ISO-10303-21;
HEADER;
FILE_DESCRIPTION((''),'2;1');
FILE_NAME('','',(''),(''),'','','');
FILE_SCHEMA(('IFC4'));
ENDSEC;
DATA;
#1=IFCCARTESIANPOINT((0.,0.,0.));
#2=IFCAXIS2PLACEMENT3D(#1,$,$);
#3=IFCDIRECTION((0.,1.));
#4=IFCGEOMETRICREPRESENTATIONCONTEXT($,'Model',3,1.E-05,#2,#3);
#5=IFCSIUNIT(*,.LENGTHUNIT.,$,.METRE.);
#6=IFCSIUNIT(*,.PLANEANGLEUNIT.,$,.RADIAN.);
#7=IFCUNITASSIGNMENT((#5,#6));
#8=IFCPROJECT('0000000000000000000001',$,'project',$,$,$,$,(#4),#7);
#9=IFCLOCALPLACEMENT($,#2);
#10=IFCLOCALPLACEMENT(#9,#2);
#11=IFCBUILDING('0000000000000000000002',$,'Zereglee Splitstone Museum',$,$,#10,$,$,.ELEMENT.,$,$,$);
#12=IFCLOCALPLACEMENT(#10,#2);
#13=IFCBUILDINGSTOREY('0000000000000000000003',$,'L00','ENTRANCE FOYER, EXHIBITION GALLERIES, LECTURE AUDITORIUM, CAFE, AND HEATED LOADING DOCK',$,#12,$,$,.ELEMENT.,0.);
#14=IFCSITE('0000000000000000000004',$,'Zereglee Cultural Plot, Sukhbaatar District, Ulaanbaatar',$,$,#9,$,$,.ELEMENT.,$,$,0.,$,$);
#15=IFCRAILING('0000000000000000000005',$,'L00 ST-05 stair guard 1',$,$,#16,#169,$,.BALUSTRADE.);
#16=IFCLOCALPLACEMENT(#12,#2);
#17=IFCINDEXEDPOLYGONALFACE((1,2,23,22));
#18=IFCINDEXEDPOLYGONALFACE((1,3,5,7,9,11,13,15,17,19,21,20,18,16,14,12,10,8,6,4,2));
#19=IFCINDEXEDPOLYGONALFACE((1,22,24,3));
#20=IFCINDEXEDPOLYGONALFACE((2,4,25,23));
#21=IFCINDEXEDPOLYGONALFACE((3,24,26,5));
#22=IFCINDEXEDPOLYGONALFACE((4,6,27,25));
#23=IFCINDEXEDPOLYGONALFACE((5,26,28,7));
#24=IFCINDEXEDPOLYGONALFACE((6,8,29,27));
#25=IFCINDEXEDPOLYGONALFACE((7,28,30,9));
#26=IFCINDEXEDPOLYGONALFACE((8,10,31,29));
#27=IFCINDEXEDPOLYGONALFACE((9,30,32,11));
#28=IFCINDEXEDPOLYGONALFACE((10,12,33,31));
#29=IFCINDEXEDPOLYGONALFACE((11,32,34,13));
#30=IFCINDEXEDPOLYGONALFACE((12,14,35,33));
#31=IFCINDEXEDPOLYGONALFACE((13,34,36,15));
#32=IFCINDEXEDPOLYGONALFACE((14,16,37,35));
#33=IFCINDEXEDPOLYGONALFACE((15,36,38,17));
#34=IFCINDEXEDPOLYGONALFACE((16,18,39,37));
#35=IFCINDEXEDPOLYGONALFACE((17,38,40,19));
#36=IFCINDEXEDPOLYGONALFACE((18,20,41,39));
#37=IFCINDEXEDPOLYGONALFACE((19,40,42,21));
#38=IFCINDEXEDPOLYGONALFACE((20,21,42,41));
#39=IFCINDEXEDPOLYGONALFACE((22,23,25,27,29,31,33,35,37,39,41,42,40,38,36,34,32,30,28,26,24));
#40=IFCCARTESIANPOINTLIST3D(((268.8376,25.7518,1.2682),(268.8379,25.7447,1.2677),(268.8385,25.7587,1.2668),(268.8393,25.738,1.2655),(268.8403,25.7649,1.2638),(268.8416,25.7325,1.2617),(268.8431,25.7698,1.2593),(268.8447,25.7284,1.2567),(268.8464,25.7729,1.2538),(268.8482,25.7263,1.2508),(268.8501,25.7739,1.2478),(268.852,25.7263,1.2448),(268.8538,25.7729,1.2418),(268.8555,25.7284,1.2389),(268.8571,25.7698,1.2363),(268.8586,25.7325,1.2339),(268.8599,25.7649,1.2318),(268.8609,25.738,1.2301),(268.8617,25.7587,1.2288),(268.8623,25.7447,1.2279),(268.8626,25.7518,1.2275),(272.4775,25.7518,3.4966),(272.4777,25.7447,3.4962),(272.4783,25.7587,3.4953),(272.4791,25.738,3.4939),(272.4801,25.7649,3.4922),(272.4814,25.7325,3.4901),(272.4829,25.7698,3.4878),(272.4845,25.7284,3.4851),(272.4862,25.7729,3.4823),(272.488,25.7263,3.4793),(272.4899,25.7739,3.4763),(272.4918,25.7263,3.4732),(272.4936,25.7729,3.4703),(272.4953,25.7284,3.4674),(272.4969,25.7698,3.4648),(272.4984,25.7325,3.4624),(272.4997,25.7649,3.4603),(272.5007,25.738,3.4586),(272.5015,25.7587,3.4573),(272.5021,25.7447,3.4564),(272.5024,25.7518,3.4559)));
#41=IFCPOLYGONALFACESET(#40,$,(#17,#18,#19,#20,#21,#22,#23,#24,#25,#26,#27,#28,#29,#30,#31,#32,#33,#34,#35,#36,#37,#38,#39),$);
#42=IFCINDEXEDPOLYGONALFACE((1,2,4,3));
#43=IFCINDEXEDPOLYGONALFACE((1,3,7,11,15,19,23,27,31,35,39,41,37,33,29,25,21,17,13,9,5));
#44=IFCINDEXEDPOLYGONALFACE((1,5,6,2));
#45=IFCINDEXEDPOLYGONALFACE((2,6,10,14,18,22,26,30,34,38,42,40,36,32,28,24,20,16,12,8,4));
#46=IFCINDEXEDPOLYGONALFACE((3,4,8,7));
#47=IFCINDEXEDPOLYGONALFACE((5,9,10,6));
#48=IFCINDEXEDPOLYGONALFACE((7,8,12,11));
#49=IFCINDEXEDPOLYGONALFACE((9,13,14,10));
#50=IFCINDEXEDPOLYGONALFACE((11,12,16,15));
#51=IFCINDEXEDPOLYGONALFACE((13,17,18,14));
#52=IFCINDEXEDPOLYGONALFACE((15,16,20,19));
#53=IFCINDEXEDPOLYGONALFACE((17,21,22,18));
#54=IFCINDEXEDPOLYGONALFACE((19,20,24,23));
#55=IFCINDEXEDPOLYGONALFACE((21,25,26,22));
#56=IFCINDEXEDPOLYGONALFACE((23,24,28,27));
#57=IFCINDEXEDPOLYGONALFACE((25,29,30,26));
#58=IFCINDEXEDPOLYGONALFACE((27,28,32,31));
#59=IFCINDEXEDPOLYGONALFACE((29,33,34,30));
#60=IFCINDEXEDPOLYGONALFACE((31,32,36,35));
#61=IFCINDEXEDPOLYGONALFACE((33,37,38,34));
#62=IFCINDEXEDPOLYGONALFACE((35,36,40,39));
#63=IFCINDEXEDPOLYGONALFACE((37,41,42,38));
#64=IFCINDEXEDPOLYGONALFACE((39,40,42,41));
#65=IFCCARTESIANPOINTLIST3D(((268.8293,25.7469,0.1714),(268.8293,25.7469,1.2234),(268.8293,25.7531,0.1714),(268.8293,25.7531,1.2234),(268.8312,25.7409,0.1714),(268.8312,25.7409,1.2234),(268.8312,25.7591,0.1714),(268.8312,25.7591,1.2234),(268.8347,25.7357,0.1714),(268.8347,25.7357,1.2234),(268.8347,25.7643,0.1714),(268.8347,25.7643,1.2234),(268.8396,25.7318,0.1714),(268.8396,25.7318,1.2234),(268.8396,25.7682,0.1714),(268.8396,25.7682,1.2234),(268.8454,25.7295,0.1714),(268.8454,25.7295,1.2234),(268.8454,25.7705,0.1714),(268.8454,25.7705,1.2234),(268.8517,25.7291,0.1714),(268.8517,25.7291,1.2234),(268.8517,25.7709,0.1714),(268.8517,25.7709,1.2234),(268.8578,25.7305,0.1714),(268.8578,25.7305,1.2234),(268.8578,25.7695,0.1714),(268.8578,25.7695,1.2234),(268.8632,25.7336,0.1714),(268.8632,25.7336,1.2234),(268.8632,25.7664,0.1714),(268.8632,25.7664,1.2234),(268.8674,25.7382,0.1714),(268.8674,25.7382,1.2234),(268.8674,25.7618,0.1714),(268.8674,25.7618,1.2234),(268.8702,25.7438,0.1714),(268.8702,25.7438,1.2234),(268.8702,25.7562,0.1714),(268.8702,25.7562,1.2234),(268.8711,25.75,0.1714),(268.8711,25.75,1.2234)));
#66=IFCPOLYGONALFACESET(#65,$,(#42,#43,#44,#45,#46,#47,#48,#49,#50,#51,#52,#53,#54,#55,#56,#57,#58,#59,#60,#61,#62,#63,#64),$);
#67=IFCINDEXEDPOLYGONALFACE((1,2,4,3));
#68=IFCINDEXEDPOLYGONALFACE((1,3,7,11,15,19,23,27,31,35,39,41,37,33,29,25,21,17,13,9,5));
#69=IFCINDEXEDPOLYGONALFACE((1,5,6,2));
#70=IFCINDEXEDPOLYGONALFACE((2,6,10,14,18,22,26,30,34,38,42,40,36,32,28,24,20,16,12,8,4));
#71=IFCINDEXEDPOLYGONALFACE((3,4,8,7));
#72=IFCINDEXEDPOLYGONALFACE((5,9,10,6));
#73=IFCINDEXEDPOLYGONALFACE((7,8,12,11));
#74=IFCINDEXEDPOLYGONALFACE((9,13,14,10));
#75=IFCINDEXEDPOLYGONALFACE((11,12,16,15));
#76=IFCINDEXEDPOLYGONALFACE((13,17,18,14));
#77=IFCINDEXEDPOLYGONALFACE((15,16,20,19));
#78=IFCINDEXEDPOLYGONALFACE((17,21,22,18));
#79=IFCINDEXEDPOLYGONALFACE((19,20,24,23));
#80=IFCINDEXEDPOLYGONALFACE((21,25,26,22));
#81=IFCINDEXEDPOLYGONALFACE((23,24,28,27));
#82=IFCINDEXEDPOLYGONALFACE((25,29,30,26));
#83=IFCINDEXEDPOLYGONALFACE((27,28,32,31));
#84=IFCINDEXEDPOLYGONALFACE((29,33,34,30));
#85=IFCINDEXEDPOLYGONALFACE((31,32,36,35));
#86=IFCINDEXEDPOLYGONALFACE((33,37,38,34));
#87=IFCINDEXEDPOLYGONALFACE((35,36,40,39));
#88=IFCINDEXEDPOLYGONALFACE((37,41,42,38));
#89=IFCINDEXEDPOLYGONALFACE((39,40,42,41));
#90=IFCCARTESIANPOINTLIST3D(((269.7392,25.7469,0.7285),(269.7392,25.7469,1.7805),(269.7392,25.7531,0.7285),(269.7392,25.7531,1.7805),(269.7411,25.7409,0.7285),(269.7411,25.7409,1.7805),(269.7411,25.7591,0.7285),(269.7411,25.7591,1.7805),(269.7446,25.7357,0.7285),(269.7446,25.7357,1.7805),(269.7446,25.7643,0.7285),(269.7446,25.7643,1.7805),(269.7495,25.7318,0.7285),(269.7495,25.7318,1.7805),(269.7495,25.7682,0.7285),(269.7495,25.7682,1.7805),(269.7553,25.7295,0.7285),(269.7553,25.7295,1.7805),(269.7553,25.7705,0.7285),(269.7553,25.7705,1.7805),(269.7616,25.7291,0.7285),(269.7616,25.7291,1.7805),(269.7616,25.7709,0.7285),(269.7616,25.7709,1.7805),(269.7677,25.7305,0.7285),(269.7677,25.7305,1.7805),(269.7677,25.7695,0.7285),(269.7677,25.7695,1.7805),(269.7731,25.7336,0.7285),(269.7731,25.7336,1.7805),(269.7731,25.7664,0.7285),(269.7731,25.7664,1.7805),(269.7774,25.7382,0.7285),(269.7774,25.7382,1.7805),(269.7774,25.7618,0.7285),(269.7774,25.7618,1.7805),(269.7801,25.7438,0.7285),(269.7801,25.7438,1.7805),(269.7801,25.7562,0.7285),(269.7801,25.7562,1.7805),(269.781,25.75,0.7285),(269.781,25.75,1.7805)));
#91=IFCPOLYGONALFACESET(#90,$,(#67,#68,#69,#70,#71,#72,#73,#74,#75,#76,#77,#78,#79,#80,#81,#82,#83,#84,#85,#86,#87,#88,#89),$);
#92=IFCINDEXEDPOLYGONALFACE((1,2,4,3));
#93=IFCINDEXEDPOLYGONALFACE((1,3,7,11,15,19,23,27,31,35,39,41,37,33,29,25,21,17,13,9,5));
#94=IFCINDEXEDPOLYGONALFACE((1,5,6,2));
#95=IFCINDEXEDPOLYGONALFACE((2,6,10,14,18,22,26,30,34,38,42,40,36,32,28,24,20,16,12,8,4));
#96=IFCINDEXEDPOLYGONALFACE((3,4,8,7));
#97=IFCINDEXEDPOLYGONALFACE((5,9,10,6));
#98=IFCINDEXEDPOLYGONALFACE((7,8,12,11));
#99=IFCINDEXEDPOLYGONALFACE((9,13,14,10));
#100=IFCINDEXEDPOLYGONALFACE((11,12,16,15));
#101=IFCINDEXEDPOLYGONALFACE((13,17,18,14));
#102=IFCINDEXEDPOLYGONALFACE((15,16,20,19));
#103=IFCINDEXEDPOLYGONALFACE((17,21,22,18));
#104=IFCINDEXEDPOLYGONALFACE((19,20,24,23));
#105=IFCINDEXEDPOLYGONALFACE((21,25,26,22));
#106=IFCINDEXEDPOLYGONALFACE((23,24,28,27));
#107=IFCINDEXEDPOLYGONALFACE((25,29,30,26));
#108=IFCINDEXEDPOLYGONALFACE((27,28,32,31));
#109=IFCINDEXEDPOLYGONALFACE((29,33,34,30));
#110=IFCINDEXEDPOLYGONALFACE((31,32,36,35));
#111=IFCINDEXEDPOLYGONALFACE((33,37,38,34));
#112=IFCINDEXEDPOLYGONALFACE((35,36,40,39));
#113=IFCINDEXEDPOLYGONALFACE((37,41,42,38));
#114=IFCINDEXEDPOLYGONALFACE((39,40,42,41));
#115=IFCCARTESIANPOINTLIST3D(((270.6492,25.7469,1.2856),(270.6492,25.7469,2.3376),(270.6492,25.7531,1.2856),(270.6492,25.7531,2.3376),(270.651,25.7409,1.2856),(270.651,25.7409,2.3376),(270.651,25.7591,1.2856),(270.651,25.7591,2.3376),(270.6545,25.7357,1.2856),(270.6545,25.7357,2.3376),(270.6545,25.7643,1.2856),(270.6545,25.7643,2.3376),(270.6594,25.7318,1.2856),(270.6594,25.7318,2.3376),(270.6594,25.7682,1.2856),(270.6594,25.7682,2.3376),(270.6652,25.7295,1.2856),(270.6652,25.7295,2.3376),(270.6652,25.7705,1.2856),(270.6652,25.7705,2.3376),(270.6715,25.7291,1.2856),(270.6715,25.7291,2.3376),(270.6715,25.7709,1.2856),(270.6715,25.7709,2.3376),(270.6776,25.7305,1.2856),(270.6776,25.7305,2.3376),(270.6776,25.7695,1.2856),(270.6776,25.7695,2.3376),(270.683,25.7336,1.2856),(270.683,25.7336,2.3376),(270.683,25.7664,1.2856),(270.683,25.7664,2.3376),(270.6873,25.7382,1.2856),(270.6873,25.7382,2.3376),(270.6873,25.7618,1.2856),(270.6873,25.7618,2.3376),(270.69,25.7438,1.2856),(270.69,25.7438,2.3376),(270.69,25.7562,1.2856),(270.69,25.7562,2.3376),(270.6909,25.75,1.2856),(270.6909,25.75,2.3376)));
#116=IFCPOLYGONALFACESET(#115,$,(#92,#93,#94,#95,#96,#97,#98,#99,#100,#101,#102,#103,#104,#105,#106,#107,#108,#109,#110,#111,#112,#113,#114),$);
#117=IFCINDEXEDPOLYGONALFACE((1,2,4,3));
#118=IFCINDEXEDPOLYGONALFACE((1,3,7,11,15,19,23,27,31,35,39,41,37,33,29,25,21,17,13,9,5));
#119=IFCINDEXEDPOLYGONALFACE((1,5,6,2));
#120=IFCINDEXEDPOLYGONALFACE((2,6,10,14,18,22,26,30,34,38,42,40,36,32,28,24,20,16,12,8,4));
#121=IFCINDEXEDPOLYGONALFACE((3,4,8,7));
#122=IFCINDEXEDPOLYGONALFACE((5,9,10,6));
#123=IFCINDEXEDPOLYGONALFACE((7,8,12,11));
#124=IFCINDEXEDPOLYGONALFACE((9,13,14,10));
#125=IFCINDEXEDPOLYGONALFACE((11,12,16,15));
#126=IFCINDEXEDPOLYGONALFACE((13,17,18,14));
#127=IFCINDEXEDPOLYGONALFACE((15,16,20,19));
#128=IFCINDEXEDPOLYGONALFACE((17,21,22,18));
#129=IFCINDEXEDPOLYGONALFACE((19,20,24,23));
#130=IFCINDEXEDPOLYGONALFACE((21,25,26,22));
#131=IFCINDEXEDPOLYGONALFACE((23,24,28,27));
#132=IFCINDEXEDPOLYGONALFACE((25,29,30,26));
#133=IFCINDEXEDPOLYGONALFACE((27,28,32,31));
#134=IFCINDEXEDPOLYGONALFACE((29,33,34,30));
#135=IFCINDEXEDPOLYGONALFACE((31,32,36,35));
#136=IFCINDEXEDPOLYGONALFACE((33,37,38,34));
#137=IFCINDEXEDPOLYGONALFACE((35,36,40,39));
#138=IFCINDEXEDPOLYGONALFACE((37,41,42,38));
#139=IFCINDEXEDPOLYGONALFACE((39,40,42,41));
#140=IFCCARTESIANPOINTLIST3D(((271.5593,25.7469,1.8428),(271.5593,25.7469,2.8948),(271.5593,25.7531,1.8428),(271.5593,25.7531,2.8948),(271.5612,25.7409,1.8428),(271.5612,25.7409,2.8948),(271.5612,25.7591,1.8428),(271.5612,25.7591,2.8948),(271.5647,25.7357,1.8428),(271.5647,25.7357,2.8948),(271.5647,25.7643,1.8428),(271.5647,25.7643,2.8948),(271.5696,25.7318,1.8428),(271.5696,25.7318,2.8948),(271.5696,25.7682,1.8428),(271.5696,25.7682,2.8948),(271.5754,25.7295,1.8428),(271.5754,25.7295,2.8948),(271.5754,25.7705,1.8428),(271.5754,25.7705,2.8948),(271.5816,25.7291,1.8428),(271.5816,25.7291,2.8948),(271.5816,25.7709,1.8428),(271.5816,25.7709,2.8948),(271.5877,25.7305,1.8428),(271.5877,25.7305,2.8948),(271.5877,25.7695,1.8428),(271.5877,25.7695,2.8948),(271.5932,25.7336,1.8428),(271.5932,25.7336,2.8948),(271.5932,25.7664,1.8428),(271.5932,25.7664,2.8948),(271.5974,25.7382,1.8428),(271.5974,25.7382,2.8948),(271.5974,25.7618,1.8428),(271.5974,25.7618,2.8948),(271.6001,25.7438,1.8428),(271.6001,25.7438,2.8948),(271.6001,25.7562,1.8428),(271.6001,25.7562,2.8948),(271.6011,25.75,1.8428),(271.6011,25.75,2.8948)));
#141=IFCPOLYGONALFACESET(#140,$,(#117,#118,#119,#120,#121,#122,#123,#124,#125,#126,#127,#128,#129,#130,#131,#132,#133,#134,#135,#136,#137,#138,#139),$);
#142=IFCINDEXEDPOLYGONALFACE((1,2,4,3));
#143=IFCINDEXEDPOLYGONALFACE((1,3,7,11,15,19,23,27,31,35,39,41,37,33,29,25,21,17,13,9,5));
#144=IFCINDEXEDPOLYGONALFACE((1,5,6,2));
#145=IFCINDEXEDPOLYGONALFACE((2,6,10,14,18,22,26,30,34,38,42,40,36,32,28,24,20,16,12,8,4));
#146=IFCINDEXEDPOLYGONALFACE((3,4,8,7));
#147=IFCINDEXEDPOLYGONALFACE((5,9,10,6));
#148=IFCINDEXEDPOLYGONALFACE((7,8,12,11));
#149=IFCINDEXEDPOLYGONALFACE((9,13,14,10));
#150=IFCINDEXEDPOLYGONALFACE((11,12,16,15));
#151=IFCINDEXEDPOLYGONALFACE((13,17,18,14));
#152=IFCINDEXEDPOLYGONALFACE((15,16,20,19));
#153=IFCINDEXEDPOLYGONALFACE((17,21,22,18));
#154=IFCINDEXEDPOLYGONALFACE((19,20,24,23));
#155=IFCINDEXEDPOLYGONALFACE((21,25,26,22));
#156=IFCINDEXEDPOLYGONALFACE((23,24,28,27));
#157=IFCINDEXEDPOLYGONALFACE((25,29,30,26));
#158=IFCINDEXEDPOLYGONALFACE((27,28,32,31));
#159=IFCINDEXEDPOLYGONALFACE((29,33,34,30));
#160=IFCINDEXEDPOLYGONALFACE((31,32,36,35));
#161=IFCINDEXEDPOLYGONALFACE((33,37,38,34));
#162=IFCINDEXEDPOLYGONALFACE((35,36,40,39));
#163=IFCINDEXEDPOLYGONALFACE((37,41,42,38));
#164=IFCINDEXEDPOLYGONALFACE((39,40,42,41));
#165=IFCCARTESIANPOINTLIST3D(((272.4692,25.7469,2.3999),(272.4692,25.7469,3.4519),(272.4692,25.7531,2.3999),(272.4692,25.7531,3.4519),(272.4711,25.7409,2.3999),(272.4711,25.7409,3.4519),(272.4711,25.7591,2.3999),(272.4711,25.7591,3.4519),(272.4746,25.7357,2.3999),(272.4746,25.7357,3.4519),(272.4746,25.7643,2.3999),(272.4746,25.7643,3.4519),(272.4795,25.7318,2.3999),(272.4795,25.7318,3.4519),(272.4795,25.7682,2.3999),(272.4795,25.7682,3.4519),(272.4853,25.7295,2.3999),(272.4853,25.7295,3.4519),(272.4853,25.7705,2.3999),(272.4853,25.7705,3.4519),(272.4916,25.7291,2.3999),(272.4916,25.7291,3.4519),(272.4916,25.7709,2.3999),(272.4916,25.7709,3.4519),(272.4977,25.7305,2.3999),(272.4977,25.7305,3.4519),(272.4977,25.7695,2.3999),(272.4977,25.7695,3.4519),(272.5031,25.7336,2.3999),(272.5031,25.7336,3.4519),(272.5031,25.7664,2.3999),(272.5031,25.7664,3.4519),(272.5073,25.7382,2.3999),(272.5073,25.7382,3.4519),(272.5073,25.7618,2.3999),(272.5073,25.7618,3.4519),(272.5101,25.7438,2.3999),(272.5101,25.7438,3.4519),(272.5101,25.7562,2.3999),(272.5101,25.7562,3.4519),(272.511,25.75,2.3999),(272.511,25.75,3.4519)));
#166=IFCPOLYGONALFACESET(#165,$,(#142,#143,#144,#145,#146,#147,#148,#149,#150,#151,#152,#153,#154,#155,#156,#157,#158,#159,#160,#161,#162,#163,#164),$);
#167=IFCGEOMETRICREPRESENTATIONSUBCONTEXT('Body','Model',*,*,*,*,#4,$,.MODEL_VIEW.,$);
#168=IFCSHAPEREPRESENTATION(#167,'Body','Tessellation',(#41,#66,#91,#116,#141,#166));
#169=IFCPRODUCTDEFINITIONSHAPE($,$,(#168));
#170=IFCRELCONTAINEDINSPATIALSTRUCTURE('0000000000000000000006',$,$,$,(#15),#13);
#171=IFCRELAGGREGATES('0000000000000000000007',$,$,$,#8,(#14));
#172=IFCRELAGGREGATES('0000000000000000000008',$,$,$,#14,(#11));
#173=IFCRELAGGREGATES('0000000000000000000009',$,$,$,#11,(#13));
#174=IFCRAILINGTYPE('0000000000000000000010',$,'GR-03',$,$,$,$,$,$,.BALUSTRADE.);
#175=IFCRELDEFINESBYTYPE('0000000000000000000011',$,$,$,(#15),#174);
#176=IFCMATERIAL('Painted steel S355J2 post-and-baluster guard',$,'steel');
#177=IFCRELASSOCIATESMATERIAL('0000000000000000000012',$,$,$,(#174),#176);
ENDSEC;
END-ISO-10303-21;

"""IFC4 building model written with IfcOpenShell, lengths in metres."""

from ifc_helpers import new_model, si_unit, direction, frame, origin, origin_2d, place, context, subcontext, project, spatial, circle, extrude, material, type_object, element, save


model = new_model("IFC4")

# Units and contexts
model_context = context("Model", 3, precision=1e-05, world=origin(), true_north=direction((0.0, 1.0)))
body_context = subcontext(model_context, "Body", "Model", "MODEL_VIEW")
ifc_project = project(units=[si_unit("LENGTHUNIT", "METRE"), si_unit("PLANEANGLEUNIT", "RADIAN")], contexts=[model_context])

# Site, building, storey
site_placement = place(None, origin())
site = spatial("IfcSite", under=ifc_project, at=site_placement, Name="Zereglee Cultural Plot, Sukhbaatar District, Ulaanbaatar", CompositionType="ELEMENT", RefElevation=0.0)
building_placement = place(site_placement, origin())
building = spatial("IfcBuilding", under=site, at=building_placement, Name="Zereglee Splitstone Museum", CompositionType="ELEMENT")
storey_placement = place(building_placement, origin())
storey = spatial("IfcBuildingStorey", under=building, at=storey_placement, Name="L00", Description="ENTRANCE FOYER, EXHIBITION GALLERIES, LECTURE AUDITORIUM, CAFE, AND HEATED LOADING DOCK", CompositionType="ELEMENT", Elevation=0.0)

# Railing
ifc_material_1 = material(Name="Painted steel S355J2 post-and-baluster guard", Category="steel")
railing_type_1 = type_object("IfcRailingType", Name="GR-03", PredefinedType="BALUSTRADE", material=ifc_material_1)
railing_1_placement = place(storey_placement, frame((268.8501, 25.75, 0.1714)))
element("IfcRailing", 1, at=railing_1_placement, inside=storey, type_object=railing_type_1, Name="L00 ST-05 stair guard 1", PredefinedType="BALUSTRADE", context=body_context, shape_type="SweptSolid", body=[
    extrude(circle(Radius=0.0239, at=origin_2d()), frame((0.0, 0.0, 1.0764), z_axis=(0.85285, 0.0, 0.522156), x_axis=(0.0, 1.0, 0.0)), (0.0, 0.0, 1.0), 4.2678),
    extrude(circle(Radius=0.021, at=origin_2d()), origin(), (0.0, 0.0, 1.0), 1.052),
    extrude(circle(Radius=0.021, at=origin_2d()), frame((0.9099, 0.0, 0.5571)), (0.0, 0.0, 1.0), 1.052),
    extrude(circle(Radius=0.021, at=origin_2d()), frame((1.8198, 0.0, 1.1143)), (0.0, 0.0, 1.0), 1.052),
    extrude(circle(Radius=0.021, at=origin_2d()), frame((2.73, 0.0, 1.6714)), (0.0, 0.0, 1.0), 1.052),
    extrude(circle(Radius=0.021, at=origin_2d()), frame((3.6399, 0.0, 2.2285)), (0.0, 0.0, 1.0), 1.052),
])

save(model, "model.ifc")
